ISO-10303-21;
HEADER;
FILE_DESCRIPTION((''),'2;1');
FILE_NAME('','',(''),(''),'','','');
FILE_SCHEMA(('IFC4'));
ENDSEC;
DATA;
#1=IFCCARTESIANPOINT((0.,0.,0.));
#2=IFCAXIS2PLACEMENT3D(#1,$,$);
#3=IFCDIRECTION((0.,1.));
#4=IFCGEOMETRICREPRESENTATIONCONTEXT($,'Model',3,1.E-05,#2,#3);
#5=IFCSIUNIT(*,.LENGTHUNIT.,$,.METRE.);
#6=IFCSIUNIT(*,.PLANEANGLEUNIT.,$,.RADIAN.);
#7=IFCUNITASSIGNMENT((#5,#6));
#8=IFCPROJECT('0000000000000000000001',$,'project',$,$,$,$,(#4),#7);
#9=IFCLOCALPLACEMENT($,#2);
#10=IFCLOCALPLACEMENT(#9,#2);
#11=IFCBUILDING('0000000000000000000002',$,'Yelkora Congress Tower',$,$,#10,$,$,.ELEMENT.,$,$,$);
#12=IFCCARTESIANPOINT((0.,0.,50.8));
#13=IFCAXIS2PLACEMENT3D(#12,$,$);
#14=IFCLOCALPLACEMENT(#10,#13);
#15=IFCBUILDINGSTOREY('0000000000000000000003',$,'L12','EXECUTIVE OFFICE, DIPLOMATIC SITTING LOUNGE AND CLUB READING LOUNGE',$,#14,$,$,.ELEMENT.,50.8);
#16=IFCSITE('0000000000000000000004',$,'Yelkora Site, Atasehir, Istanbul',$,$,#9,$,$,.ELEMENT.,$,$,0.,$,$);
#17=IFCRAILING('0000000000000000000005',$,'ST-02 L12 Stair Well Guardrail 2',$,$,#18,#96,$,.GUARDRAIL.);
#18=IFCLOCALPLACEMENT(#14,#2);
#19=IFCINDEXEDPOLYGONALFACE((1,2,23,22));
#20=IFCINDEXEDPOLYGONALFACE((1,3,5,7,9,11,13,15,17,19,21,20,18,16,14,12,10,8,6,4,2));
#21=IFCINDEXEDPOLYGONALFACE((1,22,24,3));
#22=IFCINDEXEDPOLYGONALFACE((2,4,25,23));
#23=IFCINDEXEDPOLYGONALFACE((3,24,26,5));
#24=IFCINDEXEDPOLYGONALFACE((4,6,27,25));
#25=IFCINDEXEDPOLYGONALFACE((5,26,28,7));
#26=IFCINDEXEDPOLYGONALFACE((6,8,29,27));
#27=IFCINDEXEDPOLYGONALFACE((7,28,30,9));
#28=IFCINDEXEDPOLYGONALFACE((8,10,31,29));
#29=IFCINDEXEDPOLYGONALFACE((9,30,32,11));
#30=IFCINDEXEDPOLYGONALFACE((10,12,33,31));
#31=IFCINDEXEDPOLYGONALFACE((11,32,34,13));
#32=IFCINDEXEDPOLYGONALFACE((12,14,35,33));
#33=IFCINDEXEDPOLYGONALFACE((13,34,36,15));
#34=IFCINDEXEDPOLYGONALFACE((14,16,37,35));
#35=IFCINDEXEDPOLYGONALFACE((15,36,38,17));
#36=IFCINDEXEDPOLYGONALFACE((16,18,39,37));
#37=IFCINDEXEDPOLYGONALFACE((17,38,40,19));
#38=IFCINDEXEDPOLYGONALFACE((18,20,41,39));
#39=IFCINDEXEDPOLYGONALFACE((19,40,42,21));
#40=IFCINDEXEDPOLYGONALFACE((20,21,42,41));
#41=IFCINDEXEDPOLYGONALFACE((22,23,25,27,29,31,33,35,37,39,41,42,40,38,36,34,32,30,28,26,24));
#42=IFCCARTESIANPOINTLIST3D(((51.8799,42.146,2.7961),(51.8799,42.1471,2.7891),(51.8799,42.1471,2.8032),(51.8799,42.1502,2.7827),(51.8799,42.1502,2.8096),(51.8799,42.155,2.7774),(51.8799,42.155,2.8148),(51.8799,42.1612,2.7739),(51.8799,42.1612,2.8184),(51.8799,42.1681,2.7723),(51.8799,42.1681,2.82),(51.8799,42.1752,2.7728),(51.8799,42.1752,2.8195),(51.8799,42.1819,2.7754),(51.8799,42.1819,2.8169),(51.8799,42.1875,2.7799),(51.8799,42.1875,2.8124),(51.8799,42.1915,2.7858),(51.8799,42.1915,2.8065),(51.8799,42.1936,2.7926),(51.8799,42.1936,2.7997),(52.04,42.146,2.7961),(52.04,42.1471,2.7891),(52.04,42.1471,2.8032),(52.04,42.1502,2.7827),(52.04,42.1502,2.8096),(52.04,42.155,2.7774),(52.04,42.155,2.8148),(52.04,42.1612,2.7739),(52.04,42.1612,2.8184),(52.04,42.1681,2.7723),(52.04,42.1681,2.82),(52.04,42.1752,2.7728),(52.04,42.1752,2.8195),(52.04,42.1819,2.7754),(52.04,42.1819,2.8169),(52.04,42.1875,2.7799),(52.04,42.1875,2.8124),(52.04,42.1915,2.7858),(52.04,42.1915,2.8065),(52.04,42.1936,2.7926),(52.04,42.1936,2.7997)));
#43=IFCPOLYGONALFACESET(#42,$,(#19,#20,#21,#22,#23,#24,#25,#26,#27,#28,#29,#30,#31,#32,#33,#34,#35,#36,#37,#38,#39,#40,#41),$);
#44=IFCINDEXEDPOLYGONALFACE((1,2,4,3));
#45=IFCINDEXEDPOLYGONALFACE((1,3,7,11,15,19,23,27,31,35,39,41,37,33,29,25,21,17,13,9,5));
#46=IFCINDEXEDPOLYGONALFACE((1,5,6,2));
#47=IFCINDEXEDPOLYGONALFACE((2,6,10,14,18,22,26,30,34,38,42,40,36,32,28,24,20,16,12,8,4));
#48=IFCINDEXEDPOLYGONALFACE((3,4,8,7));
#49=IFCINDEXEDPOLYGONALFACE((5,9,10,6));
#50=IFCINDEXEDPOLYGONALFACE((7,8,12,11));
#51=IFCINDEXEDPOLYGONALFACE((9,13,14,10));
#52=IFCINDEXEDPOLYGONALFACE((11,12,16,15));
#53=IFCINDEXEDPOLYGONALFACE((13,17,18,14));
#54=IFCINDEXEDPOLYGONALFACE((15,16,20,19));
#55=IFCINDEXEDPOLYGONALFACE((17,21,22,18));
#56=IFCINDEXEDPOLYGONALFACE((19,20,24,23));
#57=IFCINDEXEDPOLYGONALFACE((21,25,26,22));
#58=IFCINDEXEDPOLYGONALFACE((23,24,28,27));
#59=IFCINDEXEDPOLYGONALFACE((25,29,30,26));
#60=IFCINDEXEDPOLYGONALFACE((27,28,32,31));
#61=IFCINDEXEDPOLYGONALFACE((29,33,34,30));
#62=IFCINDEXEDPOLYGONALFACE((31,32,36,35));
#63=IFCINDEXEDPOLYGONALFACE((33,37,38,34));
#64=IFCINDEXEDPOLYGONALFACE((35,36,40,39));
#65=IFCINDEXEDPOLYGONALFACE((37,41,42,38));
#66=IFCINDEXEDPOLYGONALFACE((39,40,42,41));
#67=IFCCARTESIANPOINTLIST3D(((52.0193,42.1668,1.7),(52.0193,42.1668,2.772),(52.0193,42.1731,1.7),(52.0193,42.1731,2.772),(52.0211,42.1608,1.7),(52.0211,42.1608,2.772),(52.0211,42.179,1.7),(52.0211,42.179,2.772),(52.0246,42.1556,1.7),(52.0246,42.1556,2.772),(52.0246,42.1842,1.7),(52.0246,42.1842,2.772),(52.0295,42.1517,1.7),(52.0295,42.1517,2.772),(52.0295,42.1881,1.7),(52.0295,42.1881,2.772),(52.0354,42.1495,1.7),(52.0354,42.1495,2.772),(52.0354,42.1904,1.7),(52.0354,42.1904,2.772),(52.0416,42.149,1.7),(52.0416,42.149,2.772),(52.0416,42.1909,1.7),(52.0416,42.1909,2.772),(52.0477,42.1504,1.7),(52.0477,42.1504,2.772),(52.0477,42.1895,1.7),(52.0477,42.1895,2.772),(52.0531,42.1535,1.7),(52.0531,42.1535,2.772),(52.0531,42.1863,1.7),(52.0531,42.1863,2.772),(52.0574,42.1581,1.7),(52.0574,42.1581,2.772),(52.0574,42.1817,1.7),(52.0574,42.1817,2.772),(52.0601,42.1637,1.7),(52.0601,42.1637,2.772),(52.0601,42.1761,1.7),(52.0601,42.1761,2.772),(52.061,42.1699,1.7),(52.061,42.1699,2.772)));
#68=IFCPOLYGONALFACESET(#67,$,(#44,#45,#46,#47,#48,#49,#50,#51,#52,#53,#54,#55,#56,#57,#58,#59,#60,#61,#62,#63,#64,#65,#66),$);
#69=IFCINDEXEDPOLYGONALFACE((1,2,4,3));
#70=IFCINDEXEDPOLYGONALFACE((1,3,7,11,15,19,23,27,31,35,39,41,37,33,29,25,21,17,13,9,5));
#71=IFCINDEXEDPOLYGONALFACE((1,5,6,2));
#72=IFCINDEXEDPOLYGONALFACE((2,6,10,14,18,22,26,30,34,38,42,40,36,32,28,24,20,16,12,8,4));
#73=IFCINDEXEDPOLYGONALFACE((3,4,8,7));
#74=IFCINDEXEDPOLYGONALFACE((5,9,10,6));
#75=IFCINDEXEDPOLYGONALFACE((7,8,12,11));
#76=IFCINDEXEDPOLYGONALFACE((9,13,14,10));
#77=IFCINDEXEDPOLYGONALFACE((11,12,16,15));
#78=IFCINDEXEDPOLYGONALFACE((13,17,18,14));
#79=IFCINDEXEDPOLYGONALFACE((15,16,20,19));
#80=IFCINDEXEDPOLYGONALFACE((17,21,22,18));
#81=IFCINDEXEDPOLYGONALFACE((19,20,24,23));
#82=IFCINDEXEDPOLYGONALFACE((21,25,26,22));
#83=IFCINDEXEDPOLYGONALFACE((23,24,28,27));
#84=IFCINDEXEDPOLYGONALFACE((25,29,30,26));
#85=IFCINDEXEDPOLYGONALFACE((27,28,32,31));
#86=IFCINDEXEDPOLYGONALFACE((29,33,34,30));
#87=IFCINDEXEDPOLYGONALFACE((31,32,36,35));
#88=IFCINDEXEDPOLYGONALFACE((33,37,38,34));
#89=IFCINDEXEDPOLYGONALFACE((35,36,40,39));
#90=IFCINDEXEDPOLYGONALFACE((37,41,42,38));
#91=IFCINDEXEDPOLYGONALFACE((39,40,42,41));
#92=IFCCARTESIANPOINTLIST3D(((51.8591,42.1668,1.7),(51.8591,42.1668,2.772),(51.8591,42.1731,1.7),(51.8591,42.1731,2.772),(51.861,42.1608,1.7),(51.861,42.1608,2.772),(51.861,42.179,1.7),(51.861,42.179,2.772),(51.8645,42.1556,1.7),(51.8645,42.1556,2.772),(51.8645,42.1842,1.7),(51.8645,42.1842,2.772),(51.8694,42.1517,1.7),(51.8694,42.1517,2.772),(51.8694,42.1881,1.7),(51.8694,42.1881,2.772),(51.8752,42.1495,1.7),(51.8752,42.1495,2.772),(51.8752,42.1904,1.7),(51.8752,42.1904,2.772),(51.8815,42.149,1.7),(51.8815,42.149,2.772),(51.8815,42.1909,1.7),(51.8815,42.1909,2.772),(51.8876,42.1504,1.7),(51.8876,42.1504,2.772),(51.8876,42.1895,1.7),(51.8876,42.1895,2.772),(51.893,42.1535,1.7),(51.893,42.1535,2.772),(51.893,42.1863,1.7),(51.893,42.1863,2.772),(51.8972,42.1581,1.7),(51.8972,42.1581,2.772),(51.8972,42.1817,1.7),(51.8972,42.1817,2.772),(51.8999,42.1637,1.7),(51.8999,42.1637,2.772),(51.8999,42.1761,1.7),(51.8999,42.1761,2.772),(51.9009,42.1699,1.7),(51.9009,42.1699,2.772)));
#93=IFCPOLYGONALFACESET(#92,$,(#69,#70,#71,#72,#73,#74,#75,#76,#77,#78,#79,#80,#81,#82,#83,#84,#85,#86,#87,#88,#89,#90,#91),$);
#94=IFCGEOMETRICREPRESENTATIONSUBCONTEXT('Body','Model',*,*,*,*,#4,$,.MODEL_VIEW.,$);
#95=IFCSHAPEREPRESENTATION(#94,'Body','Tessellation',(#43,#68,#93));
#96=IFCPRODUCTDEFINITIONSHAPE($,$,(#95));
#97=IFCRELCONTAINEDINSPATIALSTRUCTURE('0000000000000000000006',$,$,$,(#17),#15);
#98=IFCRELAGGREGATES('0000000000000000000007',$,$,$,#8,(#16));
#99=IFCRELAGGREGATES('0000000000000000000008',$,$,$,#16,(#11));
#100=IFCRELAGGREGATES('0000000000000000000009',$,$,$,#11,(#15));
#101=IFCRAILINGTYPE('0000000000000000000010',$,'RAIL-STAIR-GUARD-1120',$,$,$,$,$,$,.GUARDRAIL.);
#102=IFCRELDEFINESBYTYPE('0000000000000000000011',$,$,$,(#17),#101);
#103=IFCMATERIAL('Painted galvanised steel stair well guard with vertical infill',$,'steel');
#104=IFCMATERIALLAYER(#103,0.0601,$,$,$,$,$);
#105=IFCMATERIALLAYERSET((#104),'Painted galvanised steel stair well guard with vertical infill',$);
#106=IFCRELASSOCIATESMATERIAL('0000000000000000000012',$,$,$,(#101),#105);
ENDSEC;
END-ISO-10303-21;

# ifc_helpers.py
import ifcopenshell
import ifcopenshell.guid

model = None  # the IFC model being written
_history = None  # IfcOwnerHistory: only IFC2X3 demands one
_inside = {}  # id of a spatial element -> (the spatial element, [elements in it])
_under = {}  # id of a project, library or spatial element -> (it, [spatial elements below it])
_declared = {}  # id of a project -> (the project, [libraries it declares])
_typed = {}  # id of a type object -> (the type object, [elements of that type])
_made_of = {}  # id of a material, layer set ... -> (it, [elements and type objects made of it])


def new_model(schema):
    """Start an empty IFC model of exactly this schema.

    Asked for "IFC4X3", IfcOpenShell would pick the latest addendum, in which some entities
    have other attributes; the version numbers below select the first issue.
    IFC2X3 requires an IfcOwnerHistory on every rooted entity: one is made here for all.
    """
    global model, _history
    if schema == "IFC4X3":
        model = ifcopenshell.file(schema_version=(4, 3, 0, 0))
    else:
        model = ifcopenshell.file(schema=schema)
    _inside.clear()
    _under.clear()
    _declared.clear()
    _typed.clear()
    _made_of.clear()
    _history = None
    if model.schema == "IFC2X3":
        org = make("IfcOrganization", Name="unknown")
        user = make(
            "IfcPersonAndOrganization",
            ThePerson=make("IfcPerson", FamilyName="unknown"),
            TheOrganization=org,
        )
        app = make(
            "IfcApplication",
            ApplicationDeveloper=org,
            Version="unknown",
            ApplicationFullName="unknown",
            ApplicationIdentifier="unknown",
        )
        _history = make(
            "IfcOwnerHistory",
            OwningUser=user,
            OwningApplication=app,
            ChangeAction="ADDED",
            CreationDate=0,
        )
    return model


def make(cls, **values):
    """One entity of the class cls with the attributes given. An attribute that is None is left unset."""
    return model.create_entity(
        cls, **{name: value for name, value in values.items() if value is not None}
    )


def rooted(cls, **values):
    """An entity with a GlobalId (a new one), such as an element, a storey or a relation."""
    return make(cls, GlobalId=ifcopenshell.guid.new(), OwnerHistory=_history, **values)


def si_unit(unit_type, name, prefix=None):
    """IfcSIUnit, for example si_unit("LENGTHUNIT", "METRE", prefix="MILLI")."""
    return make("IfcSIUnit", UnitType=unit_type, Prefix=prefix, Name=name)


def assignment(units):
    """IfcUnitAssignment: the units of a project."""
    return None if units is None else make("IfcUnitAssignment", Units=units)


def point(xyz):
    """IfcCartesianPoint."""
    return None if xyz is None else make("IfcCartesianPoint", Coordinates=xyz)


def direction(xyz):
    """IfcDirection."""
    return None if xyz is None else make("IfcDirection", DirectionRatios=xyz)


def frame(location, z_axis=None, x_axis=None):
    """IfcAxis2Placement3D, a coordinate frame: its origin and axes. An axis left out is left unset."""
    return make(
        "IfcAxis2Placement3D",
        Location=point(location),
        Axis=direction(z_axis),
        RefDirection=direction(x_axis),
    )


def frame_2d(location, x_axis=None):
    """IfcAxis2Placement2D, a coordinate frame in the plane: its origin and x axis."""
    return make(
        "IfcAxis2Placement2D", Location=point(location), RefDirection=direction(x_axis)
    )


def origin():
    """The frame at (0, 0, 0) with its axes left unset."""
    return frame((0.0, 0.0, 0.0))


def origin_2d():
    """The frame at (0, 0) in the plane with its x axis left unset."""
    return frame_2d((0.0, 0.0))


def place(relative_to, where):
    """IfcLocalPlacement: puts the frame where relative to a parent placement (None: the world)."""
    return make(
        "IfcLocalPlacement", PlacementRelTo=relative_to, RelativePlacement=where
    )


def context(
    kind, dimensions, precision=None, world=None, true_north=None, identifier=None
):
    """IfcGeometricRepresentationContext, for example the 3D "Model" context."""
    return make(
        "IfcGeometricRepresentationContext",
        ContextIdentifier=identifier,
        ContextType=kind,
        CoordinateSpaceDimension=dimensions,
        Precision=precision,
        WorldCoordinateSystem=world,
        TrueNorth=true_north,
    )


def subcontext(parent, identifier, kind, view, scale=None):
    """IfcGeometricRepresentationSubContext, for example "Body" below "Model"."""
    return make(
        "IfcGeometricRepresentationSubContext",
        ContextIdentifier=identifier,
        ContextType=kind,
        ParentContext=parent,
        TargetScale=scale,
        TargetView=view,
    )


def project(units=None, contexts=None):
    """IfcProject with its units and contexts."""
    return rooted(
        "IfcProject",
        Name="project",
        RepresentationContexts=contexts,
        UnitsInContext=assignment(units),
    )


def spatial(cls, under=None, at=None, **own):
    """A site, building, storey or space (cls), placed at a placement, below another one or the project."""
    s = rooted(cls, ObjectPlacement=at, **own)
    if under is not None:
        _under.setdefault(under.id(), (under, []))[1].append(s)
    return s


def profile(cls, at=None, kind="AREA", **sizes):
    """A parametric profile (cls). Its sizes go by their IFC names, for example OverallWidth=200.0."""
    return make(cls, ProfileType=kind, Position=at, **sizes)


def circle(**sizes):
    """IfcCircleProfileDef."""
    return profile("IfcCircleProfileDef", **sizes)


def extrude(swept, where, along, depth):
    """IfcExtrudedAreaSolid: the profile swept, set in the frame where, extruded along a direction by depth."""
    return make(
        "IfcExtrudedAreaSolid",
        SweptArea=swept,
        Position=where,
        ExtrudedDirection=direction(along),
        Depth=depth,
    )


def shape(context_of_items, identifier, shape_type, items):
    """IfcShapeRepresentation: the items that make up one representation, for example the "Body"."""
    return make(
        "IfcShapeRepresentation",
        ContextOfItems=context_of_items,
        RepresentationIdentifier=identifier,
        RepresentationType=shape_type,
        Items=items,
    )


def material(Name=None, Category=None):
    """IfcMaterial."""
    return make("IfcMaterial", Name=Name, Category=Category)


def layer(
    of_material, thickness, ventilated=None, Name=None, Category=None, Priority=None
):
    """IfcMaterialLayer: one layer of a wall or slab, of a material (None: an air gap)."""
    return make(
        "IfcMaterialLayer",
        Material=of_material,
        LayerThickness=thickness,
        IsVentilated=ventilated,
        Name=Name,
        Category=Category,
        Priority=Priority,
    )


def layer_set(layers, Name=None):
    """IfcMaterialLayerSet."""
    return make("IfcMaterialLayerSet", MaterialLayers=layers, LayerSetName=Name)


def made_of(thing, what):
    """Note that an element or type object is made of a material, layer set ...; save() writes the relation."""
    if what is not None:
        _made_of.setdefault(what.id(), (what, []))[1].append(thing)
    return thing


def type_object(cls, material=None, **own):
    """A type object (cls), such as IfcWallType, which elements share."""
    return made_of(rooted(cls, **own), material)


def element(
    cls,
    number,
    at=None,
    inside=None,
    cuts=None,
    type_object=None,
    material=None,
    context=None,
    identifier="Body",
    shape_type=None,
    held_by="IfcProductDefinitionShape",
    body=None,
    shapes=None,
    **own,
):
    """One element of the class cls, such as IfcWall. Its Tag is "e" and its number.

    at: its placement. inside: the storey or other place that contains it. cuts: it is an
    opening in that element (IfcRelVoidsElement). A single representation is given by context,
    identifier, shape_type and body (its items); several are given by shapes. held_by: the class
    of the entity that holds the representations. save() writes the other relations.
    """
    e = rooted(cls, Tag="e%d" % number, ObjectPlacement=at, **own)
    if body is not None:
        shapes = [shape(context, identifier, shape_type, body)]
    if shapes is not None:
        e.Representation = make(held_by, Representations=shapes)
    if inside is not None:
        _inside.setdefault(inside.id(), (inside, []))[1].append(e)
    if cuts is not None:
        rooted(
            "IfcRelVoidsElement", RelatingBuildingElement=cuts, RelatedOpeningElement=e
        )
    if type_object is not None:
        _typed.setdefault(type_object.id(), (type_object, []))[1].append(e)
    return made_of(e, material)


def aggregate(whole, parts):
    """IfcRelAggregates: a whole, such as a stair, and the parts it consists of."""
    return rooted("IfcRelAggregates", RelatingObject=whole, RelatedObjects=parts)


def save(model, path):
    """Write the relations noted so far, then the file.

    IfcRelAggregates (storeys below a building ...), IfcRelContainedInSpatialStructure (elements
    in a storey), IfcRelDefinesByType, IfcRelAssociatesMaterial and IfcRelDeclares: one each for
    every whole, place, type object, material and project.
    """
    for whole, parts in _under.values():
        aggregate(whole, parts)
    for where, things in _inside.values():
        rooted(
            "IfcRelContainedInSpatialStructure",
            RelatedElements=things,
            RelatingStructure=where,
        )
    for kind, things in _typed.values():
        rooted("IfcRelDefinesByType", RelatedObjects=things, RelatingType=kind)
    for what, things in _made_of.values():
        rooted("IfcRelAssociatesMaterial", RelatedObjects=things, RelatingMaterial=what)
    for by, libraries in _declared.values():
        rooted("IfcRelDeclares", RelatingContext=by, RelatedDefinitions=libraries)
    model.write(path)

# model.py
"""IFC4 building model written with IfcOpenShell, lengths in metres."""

from ifc_helpers import new_model, si_unit, direction, frame, origin, origin_2d, place, context, subcontext, project, spatial, circle, extrude, material, layer, layer_set, type_object, element, save


model = new_model("IFC4")

# Units and contexts
model_context = context("Model", 3, precision=1e-05, world=origin(), true_north=direction((0.0, 1.0)))
body_context = subcontext(model_context, "Body", "Model", "MODEL_VIEW")
ifc_project = project(units=[si_unit("LENGTHUNIT", "METRE"), si_unit("PLANEANGLEUNIT", "RADIAN")], contexts=[model_context])

# Site, building, storey
site_placement = place(None, origin())
site = spatial("IfcSite", under=ifc_project, at=site_placement, Name="Yelkora Site, Atasehir, Istanbul", CompositionType="ELEMENT", RefElevation=0.0)
building_placement = place(site_placement, origin())
building = spatial("IfcBuilding", under=site, at=building_placement, Name="Yelkora Congress Tower", CompositionType="ELEMENT")
storey_placement = place(building_placement, frame((0.0, 0.0, 50.8)))
storey = spatial("IfcBuildingStorey", under=building, at=storey_placement, Name="L12", Description="EXECUTIVE OFFICE, DIPLOMATIC SITTING LOUNGE AND CLUB READING LOUNGE", CompositionType="ELEMENT", Elevation=50.8)

# Railing
ifc_material_1 = material(Name="Painted galvanised steel stair well guard with vertical infill", Category="steel")
ifc_layer_1 = layer(ifc_material_1, 0.0601)
ifc_layer_set_1 = layer_set([ifc_layer_1], Name="Painted galvanised steel stair well guard with vertical infill")
railing_type_1 = type_object("IfcRailingType", Name="RAIL-STAIR-GUARD-1120", PredefinedType="GUARDRAIL", material=ifc_layer_set_1)
railing_1_placement = place(storey_placement, frame((52.04, 42.1699, 1.7)))
element("IfcRailing", 1, at=railing_1_placement, inside=storey, type_object=railing_type_1, Name="ST-02 L12 Stair Well Guardrail 2", PredefinedType="GUARDRAIL", context=body_context, shape_type="SweptSolid", body=[
    extrude(circle(Radius=0.0239, at=origin_2d()), frame((0.0, 0.0, 1.0962), z_axis=(-1.0, 0.0, 0.0), x_axis=(0.0, -1.0, 0.0)), (0.0, 0.0, 1.0), 0.1602),
    extrude(circle(Radius=0.021, at=origin_2d()), origin(), (0.0, 0.0, 1.0), 1.072),
    extrude(circle(Radius=0.021, at=origin_2d()), frame((-0.1602, 0.0, 0.0)), (0.0, 0.0, 1.0), 1.072),
])

save(model, "model.ifc")
